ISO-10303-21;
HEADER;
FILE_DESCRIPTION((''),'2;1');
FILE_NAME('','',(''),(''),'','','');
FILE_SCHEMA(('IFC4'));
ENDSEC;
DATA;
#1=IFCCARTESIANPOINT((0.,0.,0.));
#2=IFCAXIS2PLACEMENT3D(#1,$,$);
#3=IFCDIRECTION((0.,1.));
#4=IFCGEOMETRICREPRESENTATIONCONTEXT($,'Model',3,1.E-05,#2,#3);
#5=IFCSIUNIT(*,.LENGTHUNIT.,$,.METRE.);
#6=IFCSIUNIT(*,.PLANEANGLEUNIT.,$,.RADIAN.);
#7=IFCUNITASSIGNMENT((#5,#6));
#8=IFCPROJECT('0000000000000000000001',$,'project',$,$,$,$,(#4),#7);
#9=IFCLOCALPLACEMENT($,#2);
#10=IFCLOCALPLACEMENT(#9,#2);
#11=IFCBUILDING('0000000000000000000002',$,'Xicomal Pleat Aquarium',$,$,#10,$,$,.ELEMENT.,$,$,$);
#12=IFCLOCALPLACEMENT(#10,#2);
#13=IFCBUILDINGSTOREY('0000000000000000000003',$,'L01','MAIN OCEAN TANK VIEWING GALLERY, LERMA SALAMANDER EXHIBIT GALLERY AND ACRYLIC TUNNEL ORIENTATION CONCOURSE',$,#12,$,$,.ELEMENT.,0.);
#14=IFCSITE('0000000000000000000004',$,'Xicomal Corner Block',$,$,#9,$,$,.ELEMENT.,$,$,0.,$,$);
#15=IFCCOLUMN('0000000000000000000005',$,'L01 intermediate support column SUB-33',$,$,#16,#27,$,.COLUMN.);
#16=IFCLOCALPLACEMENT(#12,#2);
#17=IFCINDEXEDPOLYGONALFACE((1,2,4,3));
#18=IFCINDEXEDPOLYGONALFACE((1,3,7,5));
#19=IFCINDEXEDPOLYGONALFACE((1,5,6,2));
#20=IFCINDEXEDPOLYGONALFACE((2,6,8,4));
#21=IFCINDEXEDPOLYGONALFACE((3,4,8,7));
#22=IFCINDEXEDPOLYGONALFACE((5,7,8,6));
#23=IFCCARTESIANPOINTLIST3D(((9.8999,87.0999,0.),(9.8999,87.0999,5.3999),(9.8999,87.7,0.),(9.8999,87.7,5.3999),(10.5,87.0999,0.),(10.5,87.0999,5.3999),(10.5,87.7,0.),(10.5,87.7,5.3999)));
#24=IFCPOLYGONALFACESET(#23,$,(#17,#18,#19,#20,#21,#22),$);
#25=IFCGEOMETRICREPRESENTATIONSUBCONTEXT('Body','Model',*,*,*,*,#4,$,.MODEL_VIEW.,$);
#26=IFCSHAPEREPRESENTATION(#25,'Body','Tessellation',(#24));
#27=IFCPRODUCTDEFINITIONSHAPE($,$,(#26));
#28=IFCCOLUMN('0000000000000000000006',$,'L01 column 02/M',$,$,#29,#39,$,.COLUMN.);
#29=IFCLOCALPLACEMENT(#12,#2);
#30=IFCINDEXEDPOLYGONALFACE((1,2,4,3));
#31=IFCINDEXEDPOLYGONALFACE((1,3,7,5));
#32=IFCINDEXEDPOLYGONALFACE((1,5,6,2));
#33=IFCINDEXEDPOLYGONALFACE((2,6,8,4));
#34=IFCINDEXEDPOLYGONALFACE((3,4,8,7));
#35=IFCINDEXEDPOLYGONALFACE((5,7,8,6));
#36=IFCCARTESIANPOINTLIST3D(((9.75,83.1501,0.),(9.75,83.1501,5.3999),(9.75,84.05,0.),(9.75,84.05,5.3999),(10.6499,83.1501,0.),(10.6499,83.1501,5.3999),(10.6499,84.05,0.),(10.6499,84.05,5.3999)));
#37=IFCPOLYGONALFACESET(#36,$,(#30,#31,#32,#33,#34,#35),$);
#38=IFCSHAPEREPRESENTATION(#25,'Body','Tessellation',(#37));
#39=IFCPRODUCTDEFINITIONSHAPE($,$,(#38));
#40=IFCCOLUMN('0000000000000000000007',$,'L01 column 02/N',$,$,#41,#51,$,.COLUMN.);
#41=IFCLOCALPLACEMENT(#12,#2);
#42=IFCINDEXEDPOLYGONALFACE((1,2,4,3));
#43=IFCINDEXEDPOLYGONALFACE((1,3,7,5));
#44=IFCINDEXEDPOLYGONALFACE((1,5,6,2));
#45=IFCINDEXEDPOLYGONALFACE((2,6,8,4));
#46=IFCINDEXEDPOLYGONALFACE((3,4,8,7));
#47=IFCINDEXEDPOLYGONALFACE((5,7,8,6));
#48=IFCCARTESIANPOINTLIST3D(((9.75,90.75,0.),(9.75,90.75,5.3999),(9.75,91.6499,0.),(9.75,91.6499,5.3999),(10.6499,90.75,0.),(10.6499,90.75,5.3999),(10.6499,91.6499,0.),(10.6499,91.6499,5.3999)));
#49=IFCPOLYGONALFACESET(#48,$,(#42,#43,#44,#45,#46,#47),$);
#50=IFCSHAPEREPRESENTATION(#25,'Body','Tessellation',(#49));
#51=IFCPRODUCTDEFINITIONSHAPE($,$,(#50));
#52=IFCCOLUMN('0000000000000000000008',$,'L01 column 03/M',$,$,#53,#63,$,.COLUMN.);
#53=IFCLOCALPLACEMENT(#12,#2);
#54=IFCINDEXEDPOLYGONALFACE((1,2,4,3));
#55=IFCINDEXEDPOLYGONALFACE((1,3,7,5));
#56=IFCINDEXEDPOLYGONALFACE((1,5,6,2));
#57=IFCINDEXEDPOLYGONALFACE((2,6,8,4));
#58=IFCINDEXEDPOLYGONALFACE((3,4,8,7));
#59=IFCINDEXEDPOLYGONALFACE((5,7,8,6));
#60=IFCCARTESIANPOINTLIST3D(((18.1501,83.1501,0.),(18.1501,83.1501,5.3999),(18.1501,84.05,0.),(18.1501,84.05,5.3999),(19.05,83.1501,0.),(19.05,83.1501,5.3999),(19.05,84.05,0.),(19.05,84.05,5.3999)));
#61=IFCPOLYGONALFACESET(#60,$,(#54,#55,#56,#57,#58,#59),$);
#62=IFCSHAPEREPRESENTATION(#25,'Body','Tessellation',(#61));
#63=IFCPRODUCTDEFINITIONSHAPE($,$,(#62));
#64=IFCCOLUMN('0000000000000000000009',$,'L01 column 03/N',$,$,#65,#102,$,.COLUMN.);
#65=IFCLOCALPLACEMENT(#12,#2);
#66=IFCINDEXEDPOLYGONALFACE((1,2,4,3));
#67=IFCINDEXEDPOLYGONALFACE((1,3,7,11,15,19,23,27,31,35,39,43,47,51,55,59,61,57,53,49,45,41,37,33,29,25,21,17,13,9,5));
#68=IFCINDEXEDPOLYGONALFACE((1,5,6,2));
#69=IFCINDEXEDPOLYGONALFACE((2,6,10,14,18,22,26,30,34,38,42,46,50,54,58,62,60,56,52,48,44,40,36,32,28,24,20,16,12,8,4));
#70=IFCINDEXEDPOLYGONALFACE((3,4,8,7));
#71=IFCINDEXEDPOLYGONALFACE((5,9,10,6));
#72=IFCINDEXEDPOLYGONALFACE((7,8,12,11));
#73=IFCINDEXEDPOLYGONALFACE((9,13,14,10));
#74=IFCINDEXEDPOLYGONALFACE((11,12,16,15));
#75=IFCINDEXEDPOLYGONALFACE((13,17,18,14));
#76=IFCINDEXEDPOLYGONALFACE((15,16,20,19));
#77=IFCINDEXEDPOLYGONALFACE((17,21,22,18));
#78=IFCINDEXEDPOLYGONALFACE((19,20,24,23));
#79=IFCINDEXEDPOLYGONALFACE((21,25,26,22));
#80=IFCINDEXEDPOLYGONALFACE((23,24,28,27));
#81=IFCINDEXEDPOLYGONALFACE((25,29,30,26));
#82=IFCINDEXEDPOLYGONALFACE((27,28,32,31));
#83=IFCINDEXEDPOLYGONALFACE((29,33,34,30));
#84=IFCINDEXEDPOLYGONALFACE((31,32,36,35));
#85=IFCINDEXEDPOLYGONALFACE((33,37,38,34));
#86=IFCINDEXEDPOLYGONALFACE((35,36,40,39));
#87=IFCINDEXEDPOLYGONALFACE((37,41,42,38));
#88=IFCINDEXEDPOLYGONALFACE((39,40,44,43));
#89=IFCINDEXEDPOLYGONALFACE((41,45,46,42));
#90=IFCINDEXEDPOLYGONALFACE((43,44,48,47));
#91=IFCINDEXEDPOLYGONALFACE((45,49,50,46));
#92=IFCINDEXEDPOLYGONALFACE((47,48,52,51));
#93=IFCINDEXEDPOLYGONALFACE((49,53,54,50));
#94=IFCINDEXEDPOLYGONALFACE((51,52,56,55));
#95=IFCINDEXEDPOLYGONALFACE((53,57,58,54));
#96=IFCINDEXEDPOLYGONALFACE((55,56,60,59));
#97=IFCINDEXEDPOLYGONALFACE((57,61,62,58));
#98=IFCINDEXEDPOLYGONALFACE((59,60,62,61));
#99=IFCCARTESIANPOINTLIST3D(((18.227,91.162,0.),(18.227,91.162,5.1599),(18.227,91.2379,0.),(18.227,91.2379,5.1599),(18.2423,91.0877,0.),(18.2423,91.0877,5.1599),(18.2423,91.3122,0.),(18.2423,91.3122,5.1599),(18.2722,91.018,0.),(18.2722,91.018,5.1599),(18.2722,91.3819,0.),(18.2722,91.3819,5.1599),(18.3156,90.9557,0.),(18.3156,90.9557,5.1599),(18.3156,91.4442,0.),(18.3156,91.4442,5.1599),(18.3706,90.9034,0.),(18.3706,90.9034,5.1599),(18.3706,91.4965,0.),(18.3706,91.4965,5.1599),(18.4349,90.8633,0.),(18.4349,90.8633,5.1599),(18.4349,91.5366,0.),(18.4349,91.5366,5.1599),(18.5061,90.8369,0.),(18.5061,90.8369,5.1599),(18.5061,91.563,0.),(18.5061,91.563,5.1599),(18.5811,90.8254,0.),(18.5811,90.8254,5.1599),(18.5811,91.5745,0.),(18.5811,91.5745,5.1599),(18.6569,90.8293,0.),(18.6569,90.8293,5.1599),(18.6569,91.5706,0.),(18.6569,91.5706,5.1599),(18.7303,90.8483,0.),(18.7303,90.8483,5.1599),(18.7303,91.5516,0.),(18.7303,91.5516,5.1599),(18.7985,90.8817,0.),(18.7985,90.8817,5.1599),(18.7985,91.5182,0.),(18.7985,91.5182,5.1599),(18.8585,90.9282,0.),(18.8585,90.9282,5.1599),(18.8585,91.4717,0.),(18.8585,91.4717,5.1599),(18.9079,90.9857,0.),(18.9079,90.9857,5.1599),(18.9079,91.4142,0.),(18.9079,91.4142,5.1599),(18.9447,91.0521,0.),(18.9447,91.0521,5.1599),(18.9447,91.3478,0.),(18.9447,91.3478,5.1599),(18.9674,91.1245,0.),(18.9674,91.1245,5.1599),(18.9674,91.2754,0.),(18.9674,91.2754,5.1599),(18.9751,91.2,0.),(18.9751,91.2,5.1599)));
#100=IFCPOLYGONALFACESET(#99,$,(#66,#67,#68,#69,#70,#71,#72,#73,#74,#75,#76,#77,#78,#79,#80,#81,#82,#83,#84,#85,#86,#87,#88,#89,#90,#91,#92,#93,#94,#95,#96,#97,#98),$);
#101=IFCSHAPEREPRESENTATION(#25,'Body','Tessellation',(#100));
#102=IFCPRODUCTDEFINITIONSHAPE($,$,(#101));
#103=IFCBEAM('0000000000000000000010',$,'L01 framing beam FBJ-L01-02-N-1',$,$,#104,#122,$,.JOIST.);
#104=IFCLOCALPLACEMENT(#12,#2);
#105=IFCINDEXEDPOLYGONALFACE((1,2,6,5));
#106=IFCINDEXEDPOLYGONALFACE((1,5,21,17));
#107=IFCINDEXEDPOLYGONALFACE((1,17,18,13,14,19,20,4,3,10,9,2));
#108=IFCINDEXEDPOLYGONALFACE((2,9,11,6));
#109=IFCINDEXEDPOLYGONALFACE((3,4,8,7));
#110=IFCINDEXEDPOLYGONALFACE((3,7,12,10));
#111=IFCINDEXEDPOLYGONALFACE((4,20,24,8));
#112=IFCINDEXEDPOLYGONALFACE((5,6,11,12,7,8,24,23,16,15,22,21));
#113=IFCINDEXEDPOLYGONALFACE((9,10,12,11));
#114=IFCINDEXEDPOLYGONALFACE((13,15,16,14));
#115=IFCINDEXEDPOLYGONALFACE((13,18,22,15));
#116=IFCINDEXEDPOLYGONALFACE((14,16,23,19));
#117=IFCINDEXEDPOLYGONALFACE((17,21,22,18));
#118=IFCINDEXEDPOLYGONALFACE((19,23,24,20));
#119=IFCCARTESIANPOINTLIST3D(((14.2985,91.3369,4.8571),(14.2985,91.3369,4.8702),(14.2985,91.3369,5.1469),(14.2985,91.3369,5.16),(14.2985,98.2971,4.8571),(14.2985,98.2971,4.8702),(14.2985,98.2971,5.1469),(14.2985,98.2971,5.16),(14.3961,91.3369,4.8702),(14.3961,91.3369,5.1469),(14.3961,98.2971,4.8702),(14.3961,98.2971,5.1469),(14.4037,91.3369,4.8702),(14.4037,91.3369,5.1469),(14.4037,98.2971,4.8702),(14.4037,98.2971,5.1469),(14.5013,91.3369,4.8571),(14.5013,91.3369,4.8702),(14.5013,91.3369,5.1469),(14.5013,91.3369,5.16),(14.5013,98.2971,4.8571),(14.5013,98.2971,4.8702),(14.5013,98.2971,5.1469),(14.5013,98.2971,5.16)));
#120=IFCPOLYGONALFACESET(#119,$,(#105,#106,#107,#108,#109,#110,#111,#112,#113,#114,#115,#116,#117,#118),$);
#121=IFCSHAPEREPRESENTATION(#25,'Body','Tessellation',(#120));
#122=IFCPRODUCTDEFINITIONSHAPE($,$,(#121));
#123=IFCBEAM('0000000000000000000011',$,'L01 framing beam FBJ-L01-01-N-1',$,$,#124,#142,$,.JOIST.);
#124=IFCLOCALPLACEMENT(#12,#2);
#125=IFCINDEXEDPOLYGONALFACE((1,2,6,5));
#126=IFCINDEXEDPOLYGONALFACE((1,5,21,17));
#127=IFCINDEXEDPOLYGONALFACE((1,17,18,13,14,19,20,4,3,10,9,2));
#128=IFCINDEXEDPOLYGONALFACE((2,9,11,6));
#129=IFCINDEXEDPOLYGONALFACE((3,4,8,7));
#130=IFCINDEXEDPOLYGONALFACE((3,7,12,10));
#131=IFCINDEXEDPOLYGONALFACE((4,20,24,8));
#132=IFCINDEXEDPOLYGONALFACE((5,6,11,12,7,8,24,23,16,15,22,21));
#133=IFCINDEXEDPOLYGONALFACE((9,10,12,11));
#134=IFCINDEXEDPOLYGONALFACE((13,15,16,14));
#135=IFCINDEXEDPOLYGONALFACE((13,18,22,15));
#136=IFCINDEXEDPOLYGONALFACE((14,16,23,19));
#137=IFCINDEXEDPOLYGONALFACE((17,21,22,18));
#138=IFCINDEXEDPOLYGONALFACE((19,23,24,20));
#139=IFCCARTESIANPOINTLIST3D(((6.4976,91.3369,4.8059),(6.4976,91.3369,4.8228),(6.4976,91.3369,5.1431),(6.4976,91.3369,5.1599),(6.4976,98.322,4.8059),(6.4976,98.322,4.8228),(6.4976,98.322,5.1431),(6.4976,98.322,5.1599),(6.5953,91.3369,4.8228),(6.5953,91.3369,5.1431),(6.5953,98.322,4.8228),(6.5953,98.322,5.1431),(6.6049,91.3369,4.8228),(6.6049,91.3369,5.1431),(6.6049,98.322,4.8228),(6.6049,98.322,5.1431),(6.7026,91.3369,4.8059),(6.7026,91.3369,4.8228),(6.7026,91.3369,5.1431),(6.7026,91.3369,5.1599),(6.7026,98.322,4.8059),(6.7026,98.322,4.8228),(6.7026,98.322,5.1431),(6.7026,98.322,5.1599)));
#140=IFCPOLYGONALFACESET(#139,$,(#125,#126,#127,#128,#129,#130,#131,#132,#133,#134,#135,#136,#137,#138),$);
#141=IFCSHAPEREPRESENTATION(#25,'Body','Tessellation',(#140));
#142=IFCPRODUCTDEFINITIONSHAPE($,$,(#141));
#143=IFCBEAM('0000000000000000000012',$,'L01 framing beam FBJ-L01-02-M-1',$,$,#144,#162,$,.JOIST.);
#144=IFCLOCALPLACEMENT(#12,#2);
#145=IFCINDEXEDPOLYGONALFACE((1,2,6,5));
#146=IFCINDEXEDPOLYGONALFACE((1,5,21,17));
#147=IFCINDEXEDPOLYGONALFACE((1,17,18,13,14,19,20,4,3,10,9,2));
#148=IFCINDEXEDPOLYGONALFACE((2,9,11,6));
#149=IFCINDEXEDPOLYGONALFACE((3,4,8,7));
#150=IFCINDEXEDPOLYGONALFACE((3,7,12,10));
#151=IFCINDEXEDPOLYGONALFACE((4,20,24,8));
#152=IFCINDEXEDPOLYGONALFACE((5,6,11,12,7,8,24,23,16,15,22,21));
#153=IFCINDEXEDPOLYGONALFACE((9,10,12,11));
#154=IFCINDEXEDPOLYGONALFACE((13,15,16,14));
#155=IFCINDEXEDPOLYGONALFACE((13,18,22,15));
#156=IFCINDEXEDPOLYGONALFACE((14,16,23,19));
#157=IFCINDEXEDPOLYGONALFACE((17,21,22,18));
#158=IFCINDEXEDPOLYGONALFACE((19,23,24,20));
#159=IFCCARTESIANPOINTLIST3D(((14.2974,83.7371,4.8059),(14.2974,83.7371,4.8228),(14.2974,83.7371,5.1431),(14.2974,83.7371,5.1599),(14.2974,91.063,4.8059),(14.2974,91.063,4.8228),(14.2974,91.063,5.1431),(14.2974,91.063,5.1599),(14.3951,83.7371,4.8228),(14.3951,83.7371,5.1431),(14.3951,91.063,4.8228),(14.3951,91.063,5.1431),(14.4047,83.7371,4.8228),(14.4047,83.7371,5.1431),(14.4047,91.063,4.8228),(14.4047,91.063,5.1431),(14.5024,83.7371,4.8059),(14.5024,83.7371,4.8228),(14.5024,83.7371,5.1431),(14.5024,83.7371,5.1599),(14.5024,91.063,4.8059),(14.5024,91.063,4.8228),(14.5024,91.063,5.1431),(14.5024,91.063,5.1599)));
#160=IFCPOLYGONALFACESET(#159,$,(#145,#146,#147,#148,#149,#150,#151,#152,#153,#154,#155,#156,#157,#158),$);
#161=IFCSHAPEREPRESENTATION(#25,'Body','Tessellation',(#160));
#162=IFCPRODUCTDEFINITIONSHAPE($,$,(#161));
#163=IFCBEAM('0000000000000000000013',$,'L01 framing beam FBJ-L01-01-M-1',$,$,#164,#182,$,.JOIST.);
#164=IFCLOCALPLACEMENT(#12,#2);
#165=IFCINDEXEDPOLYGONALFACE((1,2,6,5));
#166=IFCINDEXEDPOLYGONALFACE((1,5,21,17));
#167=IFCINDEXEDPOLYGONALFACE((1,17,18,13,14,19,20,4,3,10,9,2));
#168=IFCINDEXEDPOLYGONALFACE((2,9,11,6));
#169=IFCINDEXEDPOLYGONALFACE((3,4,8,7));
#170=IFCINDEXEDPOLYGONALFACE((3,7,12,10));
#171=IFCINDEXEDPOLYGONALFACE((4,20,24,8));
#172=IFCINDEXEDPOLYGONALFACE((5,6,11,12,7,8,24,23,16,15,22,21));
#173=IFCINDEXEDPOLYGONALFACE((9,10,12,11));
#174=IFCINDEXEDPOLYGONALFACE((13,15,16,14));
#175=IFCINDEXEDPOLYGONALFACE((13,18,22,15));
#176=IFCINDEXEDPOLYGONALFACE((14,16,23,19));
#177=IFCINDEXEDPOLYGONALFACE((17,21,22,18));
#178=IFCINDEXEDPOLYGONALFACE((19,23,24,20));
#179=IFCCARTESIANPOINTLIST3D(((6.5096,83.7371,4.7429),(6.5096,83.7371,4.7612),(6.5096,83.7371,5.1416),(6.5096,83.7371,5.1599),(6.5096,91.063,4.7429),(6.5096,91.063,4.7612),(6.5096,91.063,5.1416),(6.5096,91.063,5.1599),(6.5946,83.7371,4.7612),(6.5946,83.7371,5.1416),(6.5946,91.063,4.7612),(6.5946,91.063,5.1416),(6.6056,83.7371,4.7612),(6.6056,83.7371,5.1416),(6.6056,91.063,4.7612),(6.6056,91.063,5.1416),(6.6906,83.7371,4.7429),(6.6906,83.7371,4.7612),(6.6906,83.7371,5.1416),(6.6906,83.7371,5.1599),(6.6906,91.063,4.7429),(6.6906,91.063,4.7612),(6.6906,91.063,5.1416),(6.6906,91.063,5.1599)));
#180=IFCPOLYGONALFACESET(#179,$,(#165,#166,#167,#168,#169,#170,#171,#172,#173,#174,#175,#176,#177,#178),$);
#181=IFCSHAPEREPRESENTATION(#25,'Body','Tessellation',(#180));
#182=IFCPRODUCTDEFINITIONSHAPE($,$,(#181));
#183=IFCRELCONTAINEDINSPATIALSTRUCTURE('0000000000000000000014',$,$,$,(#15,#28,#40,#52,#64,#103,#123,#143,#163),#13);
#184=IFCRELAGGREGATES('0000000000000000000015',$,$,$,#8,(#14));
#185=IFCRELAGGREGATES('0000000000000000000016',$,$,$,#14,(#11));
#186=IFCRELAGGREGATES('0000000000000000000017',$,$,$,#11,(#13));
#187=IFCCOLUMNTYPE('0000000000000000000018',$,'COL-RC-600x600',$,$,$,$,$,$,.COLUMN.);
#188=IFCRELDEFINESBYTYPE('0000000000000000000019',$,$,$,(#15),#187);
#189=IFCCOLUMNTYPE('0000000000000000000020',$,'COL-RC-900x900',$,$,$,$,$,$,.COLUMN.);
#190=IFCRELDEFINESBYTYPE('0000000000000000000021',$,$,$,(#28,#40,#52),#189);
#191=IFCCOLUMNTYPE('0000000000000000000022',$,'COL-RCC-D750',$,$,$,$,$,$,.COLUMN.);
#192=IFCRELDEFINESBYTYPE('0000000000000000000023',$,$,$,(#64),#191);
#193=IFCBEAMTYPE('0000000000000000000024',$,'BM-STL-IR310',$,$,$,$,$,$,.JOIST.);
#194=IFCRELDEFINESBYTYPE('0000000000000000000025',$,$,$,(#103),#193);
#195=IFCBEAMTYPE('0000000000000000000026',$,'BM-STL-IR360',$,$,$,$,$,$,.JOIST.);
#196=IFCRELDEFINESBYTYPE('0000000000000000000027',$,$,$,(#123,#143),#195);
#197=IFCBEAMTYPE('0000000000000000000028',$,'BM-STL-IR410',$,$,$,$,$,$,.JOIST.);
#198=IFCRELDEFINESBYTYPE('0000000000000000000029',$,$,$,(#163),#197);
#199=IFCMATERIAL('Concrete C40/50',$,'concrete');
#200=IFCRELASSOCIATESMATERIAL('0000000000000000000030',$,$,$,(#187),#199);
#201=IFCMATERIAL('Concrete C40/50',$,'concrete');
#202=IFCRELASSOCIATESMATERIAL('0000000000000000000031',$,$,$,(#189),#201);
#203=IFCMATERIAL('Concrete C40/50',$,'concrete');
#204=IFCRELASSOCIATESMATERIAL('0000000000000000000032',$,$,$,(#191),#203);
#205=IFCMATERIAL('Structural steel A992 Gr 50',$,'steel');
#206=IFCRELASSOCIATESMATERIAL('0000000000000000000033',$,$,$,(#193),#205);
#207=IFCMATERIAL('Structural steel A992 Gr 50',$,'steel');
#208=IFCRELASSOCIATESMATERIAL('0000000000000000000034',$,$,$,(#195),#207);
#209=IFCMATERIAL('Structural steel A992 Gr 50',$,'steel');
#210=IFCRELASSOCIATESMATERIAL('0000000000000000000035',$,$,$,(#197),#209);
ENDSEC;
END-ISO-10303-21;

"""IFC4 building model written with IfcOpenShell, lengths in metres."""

from ifc_helpers import new_model, si_unit, direction, frame, origin, origin_2d, place, context, subcontext, project, spatial, rectangle, circle, i_section, extrude, material, material_profile, profile_set, type_object, element, save


model = new_model("IFC4")

# Units and contexts
model_context = context("Model", 3, precision=1e-05, world=origin(), true_north=direction((0.0, 1.0)))
body_context = subcontext(model_context, "Body", "Model", "MODEL_VIEW")
ifc_project = project(units=[si_unit("LENGTHUNIT", "METRE"), si_unit("PLANEANGLEUNIT", "RADIAN")], contexts=[model_context])

# Site, building, storey
site_placement = place(None, origin())
site = spatial("IfcSite", under=ifc_project, at=site_placement, Name="Xicomal Corner Block", CompositionType="ELEMENT", RefElevation=0.0)
building_placement = place(site_placement, origin())
building = spatial("IfcBuilding", under=site, at=building_placement, Name="Xicomal Pleat Aquarium", CompositionType="ELEMENT")
storey_placement = place(building_placement, origin())
storey = spatial("IfcBuildingStorey", under=building, at=storey_placement, Name="L01", Description="MAIN OCEAN TANK VIEWING GALLERY, LERMA SALAMANDER EXHIBIT GALLERY AND ACRYLIC TUNNEL ORIENTATION CONCOURSE", CompositionType="ELEMENT", Elevation=0.0)

# Columns
ifc_material_1 = material(Name="Concrete C40/50", Category="concrete")
ifc_material_profile_1 = material_profile(ifc_material_1, rectangle(XDim=0.6001, YDim=0.6001, at=origin_2d()), Name="RC 600x600")
ifc_profile_set_1 = profile_set([ifc_material_profile_1], Name="Concrete C40/50")
column_type_1 = type_object("IfcColumnType", Name="COL-RC-600x600", PredefinedType="COLUMN", material=ifc_profile_set_1)
column_1_placement = place(storey_placement, frame((10.2, 87.3999, 0.0), z_axis=(0.0, 0.0, 1.0), x_axis=(1.0, 0.0, 0.0)))
element("IfcColumn", 1, at=column_1_placement, inside=storey, type_object=column_type_1, Name="L01 intermediate support column SUB-33", PredefinedType="COLUMN", context=body_context, shape_type="SweptSolid", body=[
    extrude(rectangle(XDim=0.6001, YDim=0.6001, at=origin_2d()), origin(), (0.0, 0.0, 1.0), 5.3999),
])
ifc_material_2 = material(Name="Concrete C40/50", Category="concrete")
ifc_material_profile_2 = material_profile(ifc_material_2, rectangle(XDim=0.8999, YDim=0.8999, at=origin_2d()), Name="RC 900x900")
ifc_profile_set_2 = profile_set([ifc_material_profile_2], Name="Concrete C40/50")
column_type_2 = type_object("IfcColumnType", Name="COL-RC-900x900", PredefinedType="COLUMN", material=ifc_profile_set_2)
for number, where, z_axis, x_axis, name in (
    (2, (10.2, 83.6001, 0.0), (0.0, 0.0, 1.0), (1.0, 0.0, 0.0), "L01 column 02/M"),
    (3, (10.2, 91.2, 0.0), (0.0, 0.0, 1.0), (1.0, 0.0, 0.0), "L01 column 02/N"),
    (4, (18.6001, 83.6001, 0.0), (0.0, 0.0, 1.0), (1.0, 0.0, 0.0), "L01 column 03/M"),
):
    element("IfcColumn", number, at=place(storey_placement, frame(where, z_axis=z_axis, x_axis=x_axis)), inside=storey, type_object=column_type_2, Name=name, PredefinedType="COLUMN", context=body_context, shape_type="SweptSolid", body=[
        extrude(rectangle(XDim=0.8999, YDim=0.8999, at=origin_2d()), origin(), (0.0, 0.0, 1.0), 5.3999),
    ])
ifc_material_3 = material(Name="Concrete C40/50", Category="concrete")
ifc_material_profile_3 = material_profile(ifc_material_3, circle(Radius=0.375, at=origin_2d()), Name="RCC D750")
ifc_profile_set_3 = profile_set([ifc_material_profile_3], Name="Concrete C40/50")
column_type_3 = type_object("IfcColumnType", Name="COL-RCC-D750", PredefinedType="COLUMN", material=ifc_profile_set_3)
column_2_placement = place(storey_placement, frame((18.6001, 91.2, 0.0), z_axis=(0.0, 0.0, 1.0), x_axis=(1.0, 0.0, 0.0)))
element("IfcColumn", 5, at=column_2_placement, inside=storey, type_object=column_type_3, Name="L01 column 03/N", PredefinedType="COLUMN", context=body_context, shape_type="SweptSolid", body=[
    extrude(circle(Radius=0.375, at=origin_2d()), origin(), (0.0, 0.0, 1.0), 5.1599),
])

# Beams
ifc_material_4 = material(Name="Structural steel A992 Gr 50", Category="steel")
ifc_material_profile_4 = material_profile(ifc_material_4, i_section(OverallWidth=0.2029, OverallDepth=0.303, WebThickness=0.0076, FlangeThickness=0.0132, at=origin_2d()), Name="IR 310x60")
ifc_profile_set_4 = profile_set([ifc_material_profile_4], Name="Structural steel A992 Gr 50")
beam_type_1 = type_object("IfcBeamType", Name="BM-STL-IR310", PredefinedType="JOIST", material=ifc_profile_set_4)
beam_1_placement = place(storey_placement, frame((14.3999, 91.3369, 5.0085), z_axis=(0.0, 1.0, 0.0), x_axis=(-1.0, 0.0, 0.0)))
element("IfcBeam", 6, at=beam_1_placement, inside=storey, type_object=beam_type_1, Name="L01 framing beam FBJ-L01-02-N-1", PredefinedType="JOIST", context=body_context, shape_type="SweptSolid", body=[
    extrude(i_section(OverallWidth=0.2029, OverallDepth=0.303, WebThickness=0.0076, FlangeThickness=0.0132, at=origin_2d()), origin(), (0.0, 0.0, 1.0), 6.9602),
])
ifc_material_5 = material(Name="Structural steel A992 Gr 50", Category="steel")
ifc_material_profile_5 = material_profile(ifc_material_5, i_section(OverallWidth=0.2051, OverallDepth=0.354, WebThickness=0.0095, FlangeThickness=0.0168, at=origin_2d()), Name="IR 360x79")
ifc_profile_set_5 = profile_set([ifc_material_profile_5], Name="Structural steel A992 Gr 50")
beam_type_2 = type_object("IfcBeamType", Name="BM-STL-IR360", PredefinedType="JOIST", material=ifc_profile_set_5)
beam_2_placement = place(storey_placement, frame((6.6001, 91.3369, 4.9829), z_axis=(0.0, 1.0, 0.0), x_axis=(-1.0, 0.0, 0.0)))
element("IfcBeam", 7, at=beam_2_placement, inside=storey, type_object=beam_type_2, Name="L01 framing beam FBJ-L01-01-N-1", PredefinedType="JOIST", context=body_context, shape_type="SweptSolid", body=[
    extrude(i_section(OverallWidth=0.2051, OverallDepth=0.354, WebThickness=0.0095, FlangeThickness=0.0168, at=origin_2d()), origin(), (0.0, 0.0, 1.0), 6.9851),
])
beam_3_placement = place(storey_placement, frame((14.3999, 83.7371, 4.9829), z_axis=(0.0, 1.0, 0.0), x_axis=(-1.0, 0.0, 0.0)))
element("IfcBeam", 8, at=beam_3_placement, inside=storey, type_object=beam_type_2, Name="L01 framing beam FBJ-L01-02-M-1", PredefinedType="JOIST", context=body_context, shape_type="SweptSolid", body=[
    extrude(i_section(OverallWidth=0.2051, OverallDepth=0.354, WebThickness=0.0095, FlangeThickness=0.0168, at=origin_2d()), origin(), (0.0, 0.0, 1.0), 7.3259),
])
ifc_material_6 = material(Name="Structural steel A992 Gr 50", Category="steel")
ifc_material_profile_6 = material_profile(ifc_material_6, i_section(OverallWidth=0.1809, OverallDepth=0.417, WebThickness=0.011, FlangeThickness=0.0183, at=origin_2d()), Name="IR 410x85")
ifc_profile_set_6 = profile_set([ifc_material_profile_6], Name="Structural steel A992 Gr 50")
beam_type_3 = type_object("IfcBeamType", Name="BM-STL-IR410", PredefinedType="JOIST", material=ifc_profile_set_6)
beam_4_placement = place(storey_placement, frame((6.6001, 83.7371, 4.9514), z_axis=(0.0, 1.0, 0.0), x_axis=(-1.0, 0.0, 0.0)))
element("IfcBeam", 9, at=beam_4_placement, inside=storey, type_object=beam_type_3, Name="L01 framing beam FBJ-L01-01-M-1", PredefinedType="JOIST", context=body_context, shape_type="SweptSolid", body=[
    extrude(i_section(OverallWidth=0.1809, OverallDepth=0.417, WebThickness=0.011, FlangeThickness=0.0183, at=origin_2d()), origin(), (0.0, 0.0, 1.0), 7.3259),
])

save(model, "model.ifc")
